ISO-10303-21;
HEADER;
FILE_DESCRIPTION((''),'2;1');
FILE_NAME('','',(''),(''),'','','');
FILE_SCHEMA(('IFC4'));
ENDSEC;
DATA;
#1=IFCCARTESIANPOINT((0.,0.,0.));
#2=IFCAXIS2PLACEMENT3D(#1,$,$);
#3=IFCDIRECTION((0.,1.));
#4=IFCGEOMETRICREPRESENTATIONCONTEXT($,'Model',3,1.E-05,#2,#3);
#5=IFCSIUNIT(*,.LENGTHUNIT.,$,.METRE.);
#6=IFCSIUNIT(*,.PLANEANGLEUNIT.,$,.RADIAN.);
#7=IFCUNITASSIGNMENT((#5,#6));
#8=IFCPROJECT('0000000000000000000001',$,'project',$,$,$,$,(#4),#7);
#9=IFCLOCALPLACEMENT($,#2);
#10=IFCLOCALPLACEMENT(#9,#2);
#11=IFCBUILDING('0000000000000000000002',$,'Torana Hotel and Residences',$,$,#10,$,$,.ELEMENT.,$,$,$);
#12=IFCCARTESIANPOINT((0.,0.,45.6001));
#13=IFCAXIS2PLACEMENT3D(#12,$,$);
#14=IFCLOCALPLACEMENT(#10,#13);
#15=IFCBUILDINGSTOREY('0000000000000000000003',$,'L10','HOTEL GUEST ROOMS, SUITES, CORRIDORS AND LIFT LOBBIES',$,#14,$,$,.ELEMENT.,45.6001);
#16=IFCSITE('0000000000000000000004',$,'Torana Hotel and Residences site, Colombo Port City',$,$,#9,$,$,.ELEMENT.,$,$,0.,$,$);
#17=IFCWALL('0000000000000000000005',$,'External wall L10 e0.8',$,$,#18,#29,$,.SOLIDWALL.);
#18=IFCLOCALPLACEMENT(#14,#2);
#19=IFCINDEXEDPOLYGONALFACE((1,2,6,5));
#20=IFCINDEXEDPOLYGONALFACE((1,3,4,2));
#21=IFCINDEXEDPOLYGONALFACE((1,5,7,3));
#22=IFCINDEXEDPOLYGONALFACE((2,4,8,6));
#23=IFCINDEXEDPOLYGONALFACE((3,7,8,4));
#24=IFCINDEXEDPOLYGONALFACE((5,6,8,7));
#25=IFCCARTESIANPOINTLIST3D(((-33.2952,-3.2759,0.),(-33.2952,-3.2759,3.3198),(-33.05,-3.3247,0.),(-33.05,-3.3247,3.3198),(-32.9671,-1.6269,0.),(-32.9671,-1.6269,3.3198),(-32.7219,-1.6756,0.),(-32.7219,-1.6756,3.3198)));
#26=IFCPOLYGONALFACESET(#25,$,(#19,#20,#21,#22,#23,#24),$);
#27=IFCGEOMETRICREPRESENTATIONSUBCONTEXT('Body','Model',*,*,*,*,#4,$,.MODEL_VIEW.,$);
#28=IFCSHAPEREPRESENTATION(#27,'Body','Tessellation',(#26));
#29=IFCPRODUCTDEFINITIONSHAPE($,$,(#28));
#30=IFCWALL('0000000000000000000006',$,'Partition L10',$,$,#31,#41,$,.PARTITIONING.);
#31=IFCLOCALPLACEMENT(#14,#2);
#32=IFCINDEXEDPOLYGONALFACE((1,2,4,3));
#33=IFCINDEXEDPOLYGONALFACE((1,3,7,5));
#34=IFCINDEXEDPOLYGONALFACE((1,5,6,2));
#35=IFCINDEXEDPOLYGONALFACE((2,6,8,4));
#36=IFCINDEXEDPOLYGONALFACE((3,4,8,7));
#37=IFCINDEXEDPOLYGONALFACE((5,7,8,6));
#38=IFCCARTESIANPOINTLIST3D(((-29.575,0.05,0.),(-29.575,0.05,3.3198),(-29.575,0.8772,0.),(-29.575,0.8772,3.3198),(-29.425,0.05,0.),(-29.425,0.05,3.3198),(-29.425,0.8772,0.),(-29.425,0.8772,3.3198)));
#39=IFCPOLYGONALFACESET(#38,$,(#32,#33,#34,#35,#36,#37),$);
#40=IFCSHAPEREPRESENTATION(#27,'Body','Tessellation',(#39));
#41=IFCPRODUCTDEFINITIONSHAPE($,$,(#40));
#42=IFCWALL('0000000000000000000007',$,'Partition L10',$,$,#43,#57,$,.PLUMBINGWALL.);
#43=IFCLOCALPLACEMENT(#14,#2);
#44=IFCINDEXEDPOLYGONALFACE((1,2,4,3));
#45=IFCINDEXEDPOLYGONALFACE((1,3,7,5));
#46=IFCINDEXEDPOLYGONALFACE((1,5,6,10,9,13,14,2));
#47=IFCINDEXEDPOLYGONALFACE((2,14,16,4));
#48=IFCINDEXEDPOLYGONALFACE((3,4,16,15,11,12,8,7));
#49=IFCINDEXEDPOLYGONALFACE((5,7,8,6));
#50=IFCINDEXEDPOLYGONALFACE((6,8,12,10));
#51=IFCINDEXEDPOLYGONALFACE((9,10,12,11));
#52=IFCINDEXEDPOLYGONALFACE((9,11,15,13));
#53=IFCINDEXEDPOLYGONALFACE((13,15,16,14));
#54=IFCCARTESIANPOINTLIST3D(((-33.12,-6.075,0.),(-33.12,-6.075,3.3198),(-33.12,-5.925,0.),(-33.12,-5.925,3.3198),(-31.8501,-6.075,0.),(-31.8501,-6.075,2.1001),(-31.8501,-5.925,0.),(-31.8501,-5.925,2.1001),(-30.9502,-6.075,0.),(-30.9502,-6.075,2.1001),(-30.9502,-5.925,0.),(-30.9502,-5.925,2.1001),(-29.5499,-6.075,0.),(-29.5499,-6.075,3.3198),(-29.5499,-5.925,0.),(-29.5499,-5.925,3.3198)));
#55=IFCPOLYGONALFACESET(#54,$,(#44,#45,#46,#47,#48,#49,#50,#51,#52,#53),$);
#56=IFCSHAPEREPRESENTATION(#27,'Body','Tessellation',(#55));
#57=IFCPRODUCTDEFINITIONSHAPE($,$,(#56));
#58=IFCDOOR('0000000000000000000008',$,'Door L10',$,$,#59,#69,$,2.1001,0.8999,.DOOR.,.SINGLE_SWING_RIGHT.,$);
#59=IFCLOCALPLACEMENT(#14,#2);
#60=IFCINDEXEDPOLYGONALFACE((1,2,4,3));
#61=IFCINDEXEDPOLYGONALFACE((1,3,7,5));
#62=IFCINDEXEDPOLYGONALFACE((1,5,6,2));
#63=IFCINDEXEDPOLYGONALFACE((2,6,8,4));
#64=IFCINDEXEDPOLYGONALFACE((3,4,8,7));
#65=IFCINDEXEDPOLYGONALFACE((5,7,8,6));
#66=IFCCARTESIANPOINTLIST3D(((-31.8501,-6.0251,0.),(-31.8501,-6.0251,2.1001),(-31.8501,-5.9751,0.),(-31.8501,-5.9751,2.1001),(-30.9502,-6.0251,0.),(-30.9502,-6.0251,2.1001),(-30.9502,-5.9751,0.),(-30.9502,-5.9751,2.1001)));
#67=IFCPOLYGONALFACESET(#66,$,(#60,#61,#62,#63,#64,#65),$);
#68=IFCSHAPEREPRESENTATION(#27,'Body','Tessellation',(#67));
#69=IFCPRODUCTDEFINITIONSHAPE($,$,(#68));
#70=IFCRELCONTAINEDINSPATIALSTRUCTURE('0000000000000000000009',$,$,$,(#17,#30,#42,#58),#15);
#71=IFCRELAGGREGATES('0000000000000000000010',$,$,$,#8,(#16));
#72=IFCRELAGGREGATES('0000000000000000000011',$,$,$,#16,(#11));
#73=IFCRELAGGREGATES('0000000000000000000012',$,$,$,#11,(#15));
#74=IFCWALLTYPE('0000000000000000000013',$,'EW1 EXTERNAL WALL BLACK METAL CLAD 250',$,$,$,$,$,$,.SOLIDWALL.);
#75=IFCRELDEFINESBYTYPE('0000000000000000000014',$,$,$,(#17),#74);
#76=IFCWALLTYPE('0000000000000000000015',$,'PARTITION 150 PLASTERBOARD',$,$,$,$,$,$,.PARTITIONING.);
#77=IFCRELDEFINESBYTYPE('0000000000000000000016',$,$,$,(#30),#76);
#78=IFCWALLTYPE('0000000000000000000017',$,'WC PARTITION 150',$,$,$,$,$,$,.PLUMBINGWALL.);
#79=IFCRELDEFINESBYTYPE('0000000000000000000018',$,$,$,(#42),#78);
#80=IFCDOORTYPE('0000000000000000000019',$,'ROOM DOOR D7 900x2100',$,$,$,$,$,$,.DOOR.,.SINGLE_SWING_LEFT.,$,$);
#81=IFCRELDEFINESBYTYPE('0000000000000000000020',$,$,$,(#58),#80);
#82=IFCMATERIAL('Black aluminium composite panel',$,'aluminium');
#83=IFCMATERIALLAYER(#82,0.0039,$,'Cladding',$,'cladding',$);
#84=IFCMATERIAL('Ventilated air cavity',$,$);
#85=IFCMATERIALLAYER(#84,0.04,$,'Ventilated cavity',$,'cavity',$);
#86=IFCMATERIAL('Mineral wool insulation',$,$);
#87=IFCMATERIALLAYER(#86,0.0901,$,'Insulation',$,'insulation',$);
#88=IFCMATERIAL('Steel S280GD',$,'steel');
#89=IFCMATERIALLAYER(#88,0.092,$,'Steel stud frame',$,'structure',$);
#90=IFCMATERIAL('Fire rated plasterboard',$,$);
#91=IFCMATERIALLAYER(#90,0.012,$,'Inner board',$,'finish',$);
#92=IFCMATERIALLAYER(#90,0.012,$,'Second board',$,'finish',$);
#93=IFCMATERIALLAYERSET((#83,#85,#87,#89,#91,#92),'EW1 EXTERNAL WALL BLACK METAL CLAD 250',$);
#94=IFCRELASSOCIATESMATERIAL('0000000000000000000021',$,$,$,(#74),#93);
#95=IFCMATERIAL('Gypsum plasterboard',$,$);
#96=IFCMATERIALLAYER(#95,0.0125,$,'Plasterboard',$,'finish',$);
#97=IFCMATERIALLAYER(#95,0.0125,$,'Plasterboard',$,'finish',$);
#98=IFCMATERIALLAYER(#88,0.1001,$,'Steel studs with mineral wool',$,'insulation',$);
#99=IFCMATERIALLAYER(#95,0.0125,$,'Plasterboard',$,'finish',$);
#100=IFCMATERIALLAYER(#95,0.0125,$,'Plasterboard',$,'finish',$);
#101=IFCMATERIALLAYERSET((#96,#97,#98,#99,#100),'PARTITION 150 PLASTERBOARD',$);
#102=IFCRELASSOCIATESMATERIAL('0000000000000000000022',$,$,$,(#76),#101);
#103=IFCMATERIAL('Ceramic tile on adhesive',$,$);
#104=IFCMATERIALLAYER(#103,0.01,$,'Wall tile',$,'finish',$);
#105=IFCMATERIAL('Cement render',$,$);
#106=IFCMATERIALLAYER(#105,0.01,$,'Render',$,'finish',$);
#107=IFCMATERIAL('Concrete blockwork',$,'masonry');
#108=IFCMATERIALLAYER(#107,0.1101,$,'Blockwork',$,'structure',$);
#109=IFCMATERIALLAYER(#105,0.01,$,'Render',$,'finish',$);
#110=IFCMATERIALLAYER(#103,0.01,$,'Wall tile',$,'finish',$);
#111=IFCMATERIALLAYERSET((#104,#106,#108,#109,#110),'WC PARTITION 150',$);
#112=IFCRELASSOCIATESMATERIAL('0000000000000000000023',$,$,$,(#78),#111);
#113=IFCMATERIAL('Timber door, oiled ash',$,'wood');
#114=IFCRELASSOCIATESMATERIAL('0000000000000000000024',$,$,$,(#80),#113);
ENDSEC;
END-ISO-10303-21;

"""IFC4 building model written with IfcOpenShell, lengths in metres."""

from ifc_helpers import new_model, si_unit, direction, frame, frame_2d, origin, place, context, subcontext, project, spatial, rectangle, extrude, material, layer, layer_set, type_object, element, fill, save


model = new_model("IFC4")

# Units and contexts
model_context = context("Model", 3, precision=1e-05, world=origin(), true_north=direction((0.0, 1.0)))
body_context = subcontext(model_context, "Body", "Model", "MODEL_VIEW")
ifc_project = project(units=[si_unit("LENGTHUNIT", "METRE"), si_unit("PLANEANGLEUNIT", "RADIAN")], contexts=[model_context])

# Site, building, storey
site_placement = place(None, origin())
site = spatial("IfcSite", under=ifc_project, at=site_placement, Name="Torana Hotel and Residences site, Colombo Port City", CompositionType="ELEMENT", RefElevation=0.0)
building_placement = place(site_placement, origin())
building = spatial("IfcBuilding", under=site, at=building_placement, Name="Torana Hotel and Residences", CompositionType="ELEMENT")
storey_placement = place(building_placement, frame((0.0, 0.0, 45.6001)))
storey = spatial("IfcBuildingStorey", under=building, at=storey_placement, Name="L10", Description="HOTEL GUEST ROOMS, SUITES, CORRIDORS AND LIFT LOBBIES", CompositionType="ELEMENT", Elevation=45.6001)

# Wall
ifc_material_1 = material(Name="Black aluminium composite panel", Category="aluminium")
ifc_layer_1 = layer(ifc_material_1, 0.0039, Name="Cladding", Category="cladding")
ifc_material_2 = material(Name="Ventilated air cavity")
ifc_layer_2 = layer(ifc_material_2, 0.04, Name="Ventilated cavity", Category="cavity")
ifc_material_3 = material(Name="Mineral wool insulation")
ifc_layer_3 = layer(ifc_material_3, 0.0901, Name="Insulation", Category="insulation")
ifc_material_4 = material(Name="Steel S280GD", Category="steel")
ifc_layer_4 = layer(ifc_material_4, 0.092, Name="Steel stud frame", Category="structure")
ifc_material_5 = material(Name="Fire rated plasterboard")
ifc_layer_5 = layer(ifc_material_5, 0.012, Name="Inner board", Category="finish")
ifc_layer_6 = layer(ifc_material_5, 0.012, Name="Second board", Category="finish")
ifc_layer_set_1 = layer_set([ifc_layer_1, ifc_layer_2, ifc_layer_3, ifc_layer_4, ifc_layer_5, ifc_layer_6], Name="EW1 EXTERNAL WALL BLACK METAL CLAD 250")
wall_type_1 = type_object("IfcWallType", Name="EW1 EXTERNAL WALL BLACK METAL CLAD 250", PredefinedType="SOLIDWALL", material=ifc_layer_set_1)
wall_1_placement = place(storey_placement, frame((-32.8445, -1.6511, 0.0), z_axis=(0.0, 0.0, 1.0), x_axis=(-0.195139, -0.980776, 0.0)))
element("IfcWall", 1, at=wall_1_placement, inside=storey, type_object=wall_type_1, Name="External wall L10 e0.8", PredefinedType="SOLIDWALL", context=body_context, shape_type="SweptSolid", body=[
    extrude(rectangle(XDim=1.6814, YDim=0.25, at=frame_2d((0.8408, 0.0))), origin(), (0.0, 0.0, 1.0), 3.3198),
])

# Wall
ifc_material_6 = material(Name="Gypsum plasterboard")
ifc_layer_7 = layer(ifc_material_6, 0.0125, Name="Plasterboard", Category="finish")
ifc_layer_8 = layer(ifc_material_6, 0.0125, Name="Plasterboard", Category="finish")
ifc_layer_9 = layer(ifc_material_4, 0.1001, Name="Steel studs with mineral wool", Category="insulation")
ifc_layer_10 = layer(ifc_material_6, 0.0125, Name="Plasterboard", Category="finish")
ifc_layer_11 = layer(ifc_material_6, 0.0125, Name="Plasterboard", Category="finish")
ifc_layer_set_2 = layer_set([ifc_layer_7, ifc_layer_8, ifc_layer_9, ifc_layer_10, ifc_layer_11], Name="PARTITION 150 PLASTERBOARD")
wall_type_2 = type_object("IfcWallType", Name="PARTITION 150 PLASTERBOARD", PredefinedType="PARTITIONING", material=ifc_layer_set_2)
wall_2_placement = place(storey_placement, frame((-29.5, 0.05, 0.0), z_axis=(0.0, 0.0, 1.0), x_axis=(0.0, 1.0, 0.0)))
element("IfcWall", 2, at=wall_2_placement, inside=storey, type_object=wall_type_2, Name="Partition L10", PredefinedType="PARTITIONING", context=body_context, shape_type="SweptSolid", body=[
    extrude(rectangle(XDim=0.8271, YDim=0.1499, at=frame_2d((0.4136, 0.0))), origin(), (0.0, 0.0, 1.0), 3.3198),
])

# Wall, opening, door
ifc_material_7 = material(Name="Ceramic tile on adhesive")
ifc_layer_12 = layer(ifc_material_7, 0.01, Name="Wall tile", Category="finish")
ifc_material_8 = material(Name="Cement render")
ifc_layer_13 = layer(ifc_material_8, 0.01, Name="Render", Category="finish")
ifc_material_9 = material(Name="Concrete blockwork", Category="masonry")
ifc_layer_14 = layer(ifc_material_9, 0.1101, Name="Blockwork", Category="structure")
ifc_layer_15 = layer(ifc_material_8, 0.01, Name="Render", Category="finish")
ifc_layer_16 = layer(ifc_material_7, 0.01, Name="Wall tile", Category="finish")
ifc_layer_set_3 = layer_set([ifc_layer_12, ifc_layer_13, ifc_layer_14, ifc_layer_15, ifc_layer_16], Name="WC PARTITION 150")
wall_type_3 = type_object("IfcWallType", Name="WC PARTITION 150", PredefinedType="PLUMBINGWALL", material=ifc_layer_set_3)
wall_3_placement = place(storey_placement, frame((-33.1201, -6.0, 0.0), z_axis=(0.0, 0.0, 1.0), x_axis=(1.0, 0.0, 0.0)))
wall_3 = element("IfcWall", 3, at=wall_3_placement, inside=storey, type_object=wall_type_3, Name="Partition L10", PredefinedType="PLUMBINGWALL", context=body_context, shape_type="SweptSolid", body=[
    extrude(rectangle(XDim=3.5701, YDim=0.1499, at=frame_2d((1.7852, 0.0))), origin(), (0.0, 0.0, 1.0), 3.3198),
])
opening_1_placement = place(wall_3_placement, frame((1.27, 0.0, 0.0)))
opening_1 = element("IfcOpeningElement", 4, at=opening_1_placement, cuts=wall_3, PredefinedType="OPENING", context=body_context, shape_type="SweptSolid", body=[
    extrude(rectangle(XDim=0.8999, YDim=2.1001, at=frame_2d((0.45, 1.05))), frame((0.0, 0.085, 0.0), z_axis=(0.0, -1.0, 0.0), x_axis=(1.0, 0.0, 0.0)), (0.0, 0.0, 1.0), 0.1699),
])
ifc_material_10 = material(Name="Timber door, oiled ash", Category="wood")
door_type_1 = type_object("IfcDoorType", Name="ROOM DOOR D7 900x2100", OperationType="SINGLE_SWING_LEFT", PredefinedType="DOOR", material=ifc_material_10)
door_1_placement = place(opening_1_placement, origin())
door_1 = element("IfcDoor", 5, at=door_1_placement, inside=storey, type_object=door_type_1, Name="Door L10", OperationType="SINGLE_SWING_RIGHT", OverallHeight=2.1001, OverallWidth=0.8999, PredefinedType="DOOR", context=body_context, shape_type="SweptSolid", body=[
    extrude(rectangle(XDim=0.8999, YDim=2.1001, at=frame_2d((0.45, 1.05))), frame((0.0, 0.0249, 0.0), z_axis=(0.0, -1.0, 0.0), x_axis=(1.0, 0.0, 0.0)), (0.0, 0.0, 1.0), 0.05),
])
fill(opening_1, door_1)

save(model, "model.ifc")
